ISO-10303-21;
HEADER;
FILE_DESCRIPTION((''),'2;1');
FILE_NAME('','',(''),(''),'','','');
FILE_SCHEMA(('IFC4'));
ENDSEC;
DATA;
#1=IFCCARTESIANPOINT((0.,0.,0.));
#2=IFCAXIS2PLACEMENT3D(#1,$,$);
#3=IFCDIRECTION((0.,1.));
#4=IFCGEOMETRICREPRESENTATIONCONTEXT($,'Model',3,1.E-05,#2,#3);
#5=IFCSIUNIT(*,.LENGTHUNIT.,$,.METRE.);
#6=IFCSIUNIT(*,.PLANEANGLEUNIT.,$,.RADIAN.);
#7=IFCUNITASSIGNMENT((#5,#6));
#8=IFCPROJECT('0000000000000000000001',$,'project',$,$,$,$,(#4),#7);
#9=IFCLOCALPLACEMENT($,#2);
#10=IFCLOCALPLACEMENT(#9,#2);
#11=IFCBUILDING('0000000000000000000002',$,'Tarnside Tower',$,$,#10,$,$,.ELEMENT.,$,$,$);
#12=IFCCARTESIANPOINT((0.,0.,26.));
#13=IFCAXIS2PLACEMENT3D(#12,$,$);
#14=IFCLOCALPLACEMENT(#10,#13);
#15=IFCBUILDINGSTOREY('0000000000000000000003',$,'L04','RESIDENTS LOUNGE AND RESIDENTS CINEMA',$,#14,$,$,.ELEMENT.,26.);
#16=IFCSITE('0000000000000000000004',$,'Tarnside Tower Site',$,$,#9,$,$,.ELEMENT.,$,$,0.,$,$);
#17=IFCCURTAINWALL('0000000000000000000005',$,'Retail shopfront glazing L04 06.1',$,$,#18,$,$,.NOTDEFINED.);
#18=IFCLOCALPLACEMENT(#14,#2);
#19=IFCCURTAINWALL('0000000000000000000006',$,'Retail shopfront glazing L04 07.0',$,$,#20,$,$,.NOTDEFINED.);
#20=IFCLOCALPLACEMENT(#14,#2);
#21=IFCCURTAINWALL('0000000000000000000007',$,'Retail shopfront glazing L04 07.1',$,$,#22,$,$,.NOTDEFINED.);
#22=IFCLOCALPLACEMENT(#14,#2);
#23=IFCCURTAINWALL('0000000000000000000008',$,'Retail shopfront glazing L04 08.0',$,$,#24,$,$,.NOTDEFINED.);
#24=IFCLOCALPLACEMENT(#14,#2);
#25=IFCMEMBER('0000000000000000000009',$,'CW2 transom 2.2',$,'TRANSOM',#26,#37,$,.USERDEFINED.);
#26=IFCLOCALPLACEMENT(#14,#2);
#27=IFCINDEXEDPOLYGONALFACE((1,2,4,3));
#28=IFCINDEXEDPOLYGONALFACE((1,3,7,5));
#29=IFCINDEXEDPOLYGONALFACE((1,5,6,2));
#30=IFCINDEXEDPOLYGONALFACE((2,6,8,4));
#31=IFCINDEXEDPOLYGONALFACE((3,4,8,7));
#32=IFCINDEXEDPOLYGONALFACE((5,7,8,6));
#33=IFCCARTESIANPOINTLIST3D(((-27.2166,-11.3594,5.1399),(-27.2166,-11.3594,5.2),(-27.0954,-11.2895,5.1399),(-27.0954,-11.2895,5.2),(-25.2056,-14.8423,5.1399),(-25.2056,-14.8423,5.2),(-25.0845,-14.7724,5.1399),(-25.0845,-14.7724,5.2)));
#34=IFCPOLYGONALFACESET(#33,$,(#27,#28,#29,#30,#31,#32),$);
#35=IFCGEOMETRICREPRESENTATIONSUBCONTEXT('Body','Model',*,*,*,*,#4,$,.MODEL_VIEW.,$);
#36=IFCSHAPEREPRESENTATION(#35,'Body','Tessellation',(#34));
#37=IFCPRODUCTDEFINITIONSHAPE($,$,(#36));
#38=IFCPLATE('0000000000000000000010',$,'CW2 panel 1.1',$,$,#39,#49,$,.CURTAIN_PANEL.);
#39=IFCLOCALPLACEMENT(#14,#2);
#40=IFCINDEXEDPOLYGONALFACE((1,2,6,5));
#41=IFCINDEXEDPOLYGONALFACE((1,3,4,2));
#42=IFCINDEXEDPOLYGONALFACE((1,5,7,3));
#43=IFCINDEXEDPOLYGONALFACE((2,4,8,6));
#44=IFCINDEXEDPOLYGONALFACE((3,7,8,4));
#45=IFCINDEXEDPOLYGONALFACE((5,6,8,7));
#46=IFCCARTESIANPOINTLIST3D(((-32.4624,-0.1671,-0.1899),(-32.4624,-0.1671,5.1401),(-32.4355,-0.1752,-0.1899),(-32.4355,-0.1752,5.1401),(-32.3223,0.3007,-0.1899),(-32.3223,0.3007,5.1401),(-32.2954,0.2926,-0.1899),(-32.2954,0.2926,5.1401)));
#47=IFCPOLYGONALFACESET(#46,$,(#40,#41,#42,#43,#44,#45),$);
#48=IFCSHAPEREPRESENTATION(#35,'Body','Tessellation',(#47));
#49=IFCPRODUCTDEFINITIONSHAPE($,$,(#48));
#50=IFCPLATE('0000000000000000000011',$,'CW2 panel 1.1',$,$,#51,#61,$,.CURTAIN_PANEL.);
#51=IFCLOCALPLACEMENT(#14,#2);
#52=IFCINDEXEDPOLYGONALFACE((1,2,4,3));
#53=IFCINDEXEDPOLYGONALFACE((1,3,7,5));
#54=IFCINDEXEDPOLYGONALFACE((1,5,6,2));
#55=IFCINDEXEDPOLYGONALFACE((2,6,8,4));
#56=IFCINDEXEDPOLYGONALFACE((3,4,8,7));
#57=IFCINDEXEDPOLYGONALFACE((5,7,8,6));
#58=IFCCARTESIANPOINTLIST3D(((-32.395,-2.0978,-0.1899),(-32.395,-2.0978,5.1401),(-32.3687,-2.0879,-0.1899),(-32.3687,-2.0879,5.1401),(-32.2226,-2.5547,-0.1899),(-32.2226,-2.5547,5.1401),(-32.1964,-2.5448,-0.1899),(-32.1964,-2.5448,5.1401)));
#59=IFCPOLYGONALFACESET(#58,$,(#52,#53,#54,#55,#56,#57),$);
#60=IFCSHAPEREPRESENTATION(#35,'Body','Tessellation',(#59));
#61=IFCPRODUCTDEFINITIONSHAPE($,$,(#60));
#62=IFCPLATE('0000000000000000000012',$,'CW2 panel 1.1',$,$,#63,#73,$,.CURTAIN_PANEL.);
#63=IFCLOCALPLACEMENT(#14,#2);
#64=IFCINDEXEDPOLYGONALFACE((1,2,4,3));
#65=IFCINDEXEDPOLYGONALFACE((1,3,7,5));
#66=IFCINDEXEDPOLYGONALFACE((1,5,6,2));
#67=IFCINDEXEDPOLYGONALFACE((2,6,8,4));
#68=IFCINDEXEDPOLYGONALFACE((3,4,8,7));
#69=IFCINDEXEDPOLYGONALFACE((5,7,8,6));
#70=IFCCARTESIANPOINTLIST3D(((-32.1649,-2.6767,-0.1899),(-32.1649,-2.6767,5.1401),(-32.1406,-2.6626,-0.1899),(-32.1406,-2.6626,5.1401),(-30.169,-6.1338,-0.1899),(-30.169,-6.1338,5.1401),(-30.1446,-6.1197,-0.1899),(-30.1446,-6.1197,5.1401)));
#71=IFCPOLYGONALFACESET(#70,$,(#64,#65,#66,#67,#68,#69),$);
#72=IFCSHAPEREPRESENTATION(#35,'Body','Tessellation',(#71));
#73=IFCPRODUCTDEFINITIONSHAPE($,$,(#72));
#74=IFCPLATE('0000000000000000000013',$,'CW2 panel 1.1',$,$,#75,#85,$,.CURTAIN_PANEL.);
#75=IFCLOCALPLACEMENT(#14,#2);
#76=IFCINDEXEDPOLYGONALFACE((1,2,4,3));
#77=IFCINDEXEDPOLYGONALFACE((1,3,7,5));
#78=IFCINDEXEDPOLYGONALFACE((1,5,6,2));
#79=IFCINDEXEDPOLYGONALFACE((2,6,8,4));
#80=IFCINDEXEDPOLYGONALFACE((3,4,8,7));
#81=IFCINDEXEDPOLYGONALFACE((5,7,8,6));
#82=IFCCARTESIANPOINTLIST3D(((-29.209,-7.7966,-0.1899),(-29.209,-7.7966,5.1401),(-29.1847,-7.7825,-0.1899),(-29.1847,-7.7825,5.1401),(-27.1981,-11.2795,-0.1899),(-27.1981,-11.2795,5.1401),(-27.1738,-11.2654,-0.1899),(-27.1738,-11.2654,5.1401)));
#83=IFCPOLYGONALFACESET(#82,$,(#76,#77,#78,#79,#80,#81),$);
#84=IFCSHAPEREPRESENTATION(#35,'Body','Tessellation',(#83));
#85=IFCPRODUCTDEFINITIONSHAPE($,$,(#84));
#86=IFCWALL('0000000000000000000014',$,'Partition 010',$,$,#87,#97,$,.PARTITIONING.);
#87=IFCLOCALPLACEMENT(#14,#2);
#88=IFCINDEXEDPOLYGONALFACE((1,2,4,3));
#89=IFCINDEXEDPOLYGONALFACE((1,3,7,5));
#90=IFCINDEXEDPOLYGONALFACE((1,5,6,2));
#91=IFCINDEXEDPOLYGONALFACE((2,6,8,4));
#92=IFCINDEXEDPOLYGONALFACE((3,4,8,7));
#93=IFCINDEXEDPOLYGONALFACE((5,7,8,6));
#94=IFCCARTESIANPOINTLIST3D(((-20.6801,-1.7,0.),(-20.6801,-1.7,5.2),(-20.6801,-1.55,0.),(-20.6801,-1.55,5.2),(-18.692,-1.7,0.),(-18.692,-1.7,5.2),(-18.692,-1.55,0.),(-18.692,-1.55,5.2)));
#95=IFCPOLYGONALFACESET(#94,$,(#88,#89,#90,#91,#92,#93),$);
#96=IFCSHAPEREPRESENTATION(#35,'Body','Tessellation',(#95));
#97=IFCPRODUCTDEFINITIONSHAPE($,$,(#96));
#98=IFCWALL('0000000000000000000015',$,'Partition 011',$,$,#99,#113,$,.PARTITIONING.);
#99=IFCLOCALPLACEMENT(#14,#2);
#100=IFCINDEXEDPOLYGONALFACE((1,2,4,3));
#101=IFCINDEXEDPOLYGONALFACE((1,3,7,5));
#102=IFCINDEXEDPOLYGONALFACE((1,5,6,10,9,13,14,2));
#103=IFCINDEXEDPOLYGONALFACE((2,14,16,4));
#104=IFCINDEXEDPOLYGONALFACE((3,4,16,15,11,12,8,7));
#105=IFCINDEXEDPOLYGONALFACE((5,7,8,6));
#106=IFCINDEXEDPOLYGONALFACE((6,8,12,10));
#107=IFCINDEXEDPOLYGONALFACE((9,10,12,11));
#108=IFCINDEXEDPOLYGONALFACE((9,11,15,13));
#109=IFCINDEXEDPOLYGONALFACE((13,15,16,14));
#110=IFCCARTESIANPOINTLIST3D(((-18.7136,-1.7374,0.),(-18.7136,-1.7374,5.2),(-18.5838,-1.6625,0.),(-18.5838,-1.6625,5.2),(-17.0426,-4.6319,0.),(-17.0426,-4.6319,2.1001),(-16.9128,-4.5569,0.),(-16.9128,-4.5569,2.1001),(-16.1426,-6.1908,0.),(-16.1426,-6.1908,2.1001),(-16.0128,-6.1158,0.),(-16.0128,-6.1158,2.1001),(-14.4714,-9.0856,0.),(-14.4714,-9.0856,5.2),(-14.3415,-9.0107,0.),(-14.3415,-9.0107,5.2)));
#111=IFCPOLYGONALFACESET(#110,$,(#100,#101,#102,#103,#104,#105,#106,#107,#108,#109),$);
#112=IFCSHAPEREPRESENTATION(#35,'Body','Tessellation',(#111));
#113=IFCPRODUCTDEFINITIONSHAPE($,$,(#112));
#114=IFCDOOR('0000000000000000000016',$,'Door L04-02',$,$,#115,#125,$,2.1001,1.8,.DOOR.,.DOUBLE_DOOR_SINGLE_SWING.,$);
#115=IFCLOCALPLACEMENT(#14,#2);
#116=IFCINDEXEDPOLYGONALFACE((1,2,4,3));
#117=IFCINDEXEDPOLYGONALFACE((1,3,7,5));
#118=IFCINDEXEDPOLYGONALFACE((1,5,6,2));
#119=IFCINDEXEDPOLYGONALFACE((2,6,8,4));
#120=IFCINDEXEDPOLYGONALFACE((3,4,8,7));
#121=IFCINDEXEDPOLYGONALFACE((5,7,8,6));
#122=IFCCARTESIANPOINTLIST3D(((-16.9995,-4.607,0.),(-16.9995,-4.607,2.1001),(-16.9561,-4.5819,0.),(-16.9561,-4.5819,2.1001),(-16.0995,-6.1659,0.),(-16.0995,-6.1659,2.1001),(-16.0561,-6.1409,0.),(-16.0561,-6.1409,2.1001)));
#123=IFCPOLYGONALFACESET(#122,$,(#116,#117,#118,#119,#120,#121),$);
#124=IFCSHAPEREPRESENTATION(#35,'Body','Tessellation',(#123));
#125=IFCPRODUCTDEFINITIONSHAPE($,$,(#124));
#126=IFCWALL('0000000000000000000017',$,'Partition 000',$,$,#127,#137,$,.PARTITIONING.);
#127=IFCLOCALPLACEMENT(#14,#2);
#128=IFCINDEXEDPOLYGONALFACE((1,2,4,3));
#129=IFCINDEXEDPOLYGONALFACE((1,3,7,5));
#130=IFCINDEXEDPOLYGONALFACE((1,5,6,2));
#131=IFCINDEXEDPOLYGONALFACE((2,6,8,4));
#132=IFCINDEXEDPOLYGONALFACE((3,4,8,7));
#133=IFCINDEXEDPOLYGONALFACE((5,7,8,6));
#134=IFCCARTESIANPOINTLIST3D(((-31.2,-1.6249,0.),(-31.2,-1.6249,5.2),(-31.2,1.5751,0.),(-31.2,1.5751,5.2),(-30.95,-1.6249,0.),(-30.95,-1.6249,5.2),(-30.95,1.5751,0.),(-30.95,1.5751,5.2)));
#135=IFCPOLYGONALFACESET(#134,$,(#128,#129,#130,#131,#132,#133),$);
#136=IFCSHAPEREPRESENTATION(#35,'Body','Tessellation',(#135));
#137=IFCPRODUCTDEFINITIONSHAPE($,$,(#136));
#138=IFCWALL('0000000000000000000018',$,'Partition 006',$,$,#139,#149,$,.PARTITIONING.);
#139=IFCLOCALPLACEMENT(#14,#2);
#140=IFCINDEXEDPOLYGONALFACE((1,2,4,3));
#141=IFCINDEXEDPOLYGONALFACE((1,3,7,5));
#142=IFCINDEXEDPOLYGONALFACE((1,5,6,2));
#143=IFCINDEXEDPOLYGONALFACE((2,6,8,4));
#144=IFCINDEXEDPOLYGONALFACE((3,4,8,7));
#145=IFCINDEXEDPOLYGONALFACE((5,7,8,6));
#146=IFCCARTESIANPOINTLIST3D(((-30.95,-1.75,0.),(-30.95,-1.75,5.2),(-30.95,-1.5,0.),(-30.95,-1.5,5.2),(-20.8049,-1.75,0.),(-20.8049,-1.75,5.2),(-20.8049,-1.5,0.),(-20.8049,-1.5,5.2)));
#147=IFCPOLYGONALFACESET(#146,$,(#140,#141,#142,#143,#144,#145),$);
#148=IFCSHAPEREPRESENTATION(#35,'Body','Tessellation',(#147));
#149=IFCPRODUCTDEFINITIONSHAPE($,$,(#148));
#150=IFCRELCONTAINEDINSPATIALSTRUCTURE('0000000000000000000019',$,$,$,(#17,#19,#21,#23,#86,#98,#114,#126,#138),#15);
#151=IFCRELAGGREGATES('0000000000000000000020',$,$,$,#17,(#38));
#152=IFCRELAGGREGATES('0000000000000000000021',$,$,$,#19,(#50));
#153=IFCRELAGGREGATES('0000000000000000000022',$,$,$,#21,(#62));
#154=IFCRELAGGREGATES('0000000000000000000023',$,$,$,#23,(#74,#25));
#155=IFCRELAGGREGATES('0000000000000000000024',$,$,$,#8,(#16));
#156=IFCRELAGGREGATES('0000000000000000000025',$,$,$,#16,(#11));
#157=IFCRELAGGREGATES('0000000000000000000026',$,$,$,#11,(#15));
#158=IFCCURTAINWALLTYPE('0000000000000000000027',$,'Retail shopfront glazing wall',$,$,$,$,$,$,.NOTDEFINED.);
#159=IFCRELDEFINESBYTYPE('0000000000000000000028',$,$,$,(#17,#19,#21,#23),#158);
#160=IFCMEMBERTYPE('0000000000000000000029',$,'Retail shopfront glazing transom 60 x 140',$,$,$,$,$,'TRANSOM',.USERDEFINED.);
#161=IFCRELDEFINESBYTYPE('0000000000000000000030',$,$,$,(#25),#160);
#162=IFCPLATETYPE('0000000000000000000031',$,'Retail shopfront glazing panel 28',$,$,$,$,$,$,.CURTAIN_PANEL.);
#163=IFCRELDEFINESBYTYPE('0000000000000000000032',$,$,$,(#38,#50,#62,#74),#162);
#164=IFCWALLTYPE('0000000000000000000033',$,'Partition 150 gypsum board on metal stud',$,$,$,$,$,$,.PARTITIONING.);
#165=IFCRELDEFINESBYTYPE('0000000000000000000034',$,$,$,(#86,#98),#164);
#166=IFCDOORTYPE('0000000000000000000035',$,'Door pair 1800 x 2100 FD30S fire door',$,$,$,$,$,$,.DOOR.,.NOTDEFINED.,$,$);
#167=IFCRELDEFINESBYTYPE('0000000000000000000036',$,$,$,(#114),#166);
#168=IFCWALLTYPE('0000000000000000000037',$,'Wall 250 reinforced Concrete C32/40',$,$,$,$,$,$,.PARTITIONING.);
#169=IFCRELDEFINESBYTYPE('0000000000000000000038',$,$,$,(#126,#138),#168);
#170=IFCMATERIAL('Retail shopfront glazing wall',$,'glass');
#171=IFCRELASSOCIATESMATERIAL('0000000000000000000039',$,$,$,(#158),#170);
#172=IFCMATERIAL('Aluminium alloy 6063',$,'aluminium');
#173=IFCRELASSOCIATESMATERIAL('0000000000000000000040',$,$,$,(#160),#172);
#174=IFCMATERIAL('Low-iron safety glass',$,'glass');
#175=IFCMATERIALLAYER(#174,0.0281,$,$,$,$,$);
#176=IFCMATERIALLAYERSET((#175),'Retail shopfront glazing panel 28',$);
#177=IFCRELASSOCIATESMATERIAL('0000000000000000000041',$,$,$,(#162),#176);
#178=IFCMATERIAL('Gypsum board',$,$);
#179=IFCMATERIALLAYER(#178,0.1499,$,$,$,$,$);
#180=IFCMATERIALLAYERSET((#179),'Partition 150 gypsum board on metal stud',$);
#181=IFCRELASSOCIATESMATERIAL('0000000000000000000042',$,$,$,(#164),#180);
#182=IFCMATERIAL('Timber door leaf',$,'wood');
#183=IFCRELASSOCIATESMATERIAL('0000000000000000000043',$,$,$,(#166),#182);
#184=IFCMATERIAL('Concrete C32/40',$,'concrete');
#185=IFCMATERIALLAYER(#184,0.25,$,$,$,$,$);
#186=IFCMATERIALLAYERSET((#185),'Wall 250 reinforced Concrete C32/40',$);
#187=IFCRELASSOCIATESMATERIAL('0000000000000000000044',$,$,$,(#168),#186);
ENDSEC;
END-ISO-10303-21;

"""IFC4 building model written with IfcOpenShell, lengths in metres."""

from ifc_helpers import new_model, si_unit, direction, frame, frame_2d, origin, origin_2d, place, context, subcontext, project, spatial, rectangle, extrude, material, layer, layer_set, material_profile, profile_set, type_object, element, fill, aggregate, save


model = new_model("IFC4")

# Units and contexts
model_context = context("Model", 3, precision=1e-05, world=origin(), true_north=direction((0.0, 1.0)))
body_context = subcontext(model_context, "Body", "Model", "MODEL_VIEW")
ifc_project = project(units=[si_unit("LENGTHUNIT", "METRE"), si_unit("PLANEANGLEUNIT", "RADIAN")], contexts=[model_context])

# Site, building, storey
site_placement = place(None, origin())
site = spatial("IfcSite", under=ifc_project, at=site_placement, Name="Tarnside Tower Site", CompositionType="ELEMENT", RefElevation=0.0)
building_placement = place(site_placement, origin())
building = spatial("IfcBuilding", under=site, at=building_placement, Name="Tarnside Tower", CompositionType="ELEMENT")
storey_placement = place(building_placement, frame((0.0, 0.0, 26.0)))
storey = spatial("IfcBuildingStorey", under=building, at=storey_placement, Name="L04", Description="RESIDENTS LOUNGE AND RESIDENTS CINEMA", CompositionType="ELEMENT", Elevation=26.0)

# Curtain wall
ifc_material_1 = material(Name="Retail shopfront glazing wall", Category="glass")
curtain_wall_type = type_object("IfcCurtainWallType", Name="Retail shopfront glazing wall", PredefinedType="NOTDEFINED", material=ifc_material_1)
curtain_wall_1_placement = place(storey_placement, origin())
curtain_wall_1 = element("IfcCurtainWall", 1, at=curtain_wall_1_placement, inside=storey, type_object=curtain_wall_type, Name="Retail shopfront glazing L04 06.1", PredefinedType="NOTDEFINED")
ifc_material_2 = material(Name="Aluminium alloy 6063", Category="aluminium")

# Curtain walls
curtain_wall_2_placement = place(storey_placement, origin())
curtain_wall_2 = element("IfcCurtainWall", 2, at=curtain_wall_2_placement, inside=storey, type_object=curtain_wall_type, Name="Retail shopfront glazing L04 07.0", PredefinedType="NOTDEFINED")
curtain_wall_3_placement = place(storey_placement, origin())
curtain_wall_3 = element("IfcCurtainWall", 3, at=curtain_wall_3_placement, inside=storey, type_object=curtain_wall_type, Name="Retail shopfront glazing L04 07.1", PredefinedType="NOTDEFINED")
curtain_wall_4_placement = place(storey_placement, origin())
curtain_wall_4 = element("IfcCurtainWall", 4, at=curtain_wall_4_placement, inside=storey, type_object=curtain_wall_type, Name="Retail shopfront glazing L04 08.0", PredefinedType="NOTDEFINED")

# Member
ifc_material_profile_1 = material_profile(ifc_material_2, rectangle(XDim=0.1399, YDim=0.0601, at=origin_2d()), Name="Retail shopfront glazing transom 60 x 140")
ifc_profile_set_1 = profile_set([ifc_material_profile_1], Name="Aluminium alloy 6063")
member_type_1 = type_object("IfcMemberType", Name="Retail shopfront glazing transom 60 x 140", ElementType="TRANSOM", PredefinedType="USERDEFINED", material=ifc_profile_set_1)
member_1_placement = place(storey_placement, frame((-27.156, -11.3245, 5.1699), z_axis=(0.500024, -0.866012, 0.0), x_axis=(0.866012, 0.500024, 0.0)))
member_1 = element("IfcMember", 5, at=member_1_placement, type_object=member_type_1, Name="CW2 transom 2.2", ObjectType="TRANSOM", PredefinedType="USERDEFINED", context=body_context, shape_type="SweptSolid", body=[
    extrude(rectangle(XDim=0.1399, YDim=0.0601, at=origin_2d()), origin(), (0.0, 0.0, 1.0), 4.0217),
])

# Plates
ifc_material_3 = material(Name="Low-iron safety glass", Category="glass")
ifc_layer_1 = layer(ifc_material_3, 0.0281)
ifc_layer_set_1 = layer_set([ifc_layer_1], Name="Retail shopfront glazing panel 28")
plate_type = type_object("IfcPlateType", Name="Retail shopfront glazing panel 28", PredefinedType="CURTAIN_PANEL", material=ifc_layer_set_1)
plate_1_placement = place(storey_placement, frame((-32.3789, 0.0627, -0.1899), z_axis=(0.0, 0.0, 1.0), x_axis=(-0.286803, -0.95799, 0.0)))
plate_1 = element("IfcPlate", 6, at=plate_1_placement, type_object=plate_type, Name="CW2 panel 1.1", PredefinedType="CURTAIN_PANEL", context=body_context, shape_type="SweptSolid", body=[
    extrude(rectangle(XDim=0.4883, YDim=0.0281, at=origin_2d()), origin(), (0.0, 0.0, 1.0), 5.3301),
])
aggregate(curtain_wall_1, [plate_1])
plate_2_placement = place(storey_placement, frame((-32.2957, -2.3213, -0.1899), z_axis=(0.0, 0.0, 1.0), x_axis=(0.352931, -0.93565, 0.0)))
plate_2 = element("IfcPlate", 7, at=plate_2_placement, type_object=plate_type, Name="CW2 panel 1.1", PredefinedType="CURTAIN_PANEL", context=body_context, shape_type="SweptSolid", body=[
    extrude(rectangle(XDim=0.4883, YDim=0.0281, at=origin_2d()), origin(), (0.0, 0.0, 1.0), 5.3301),
])
aggregate(curtain_wall_2, [plate_2])
plate_3_placement = place(storey_placement, frame((-31.1548, -4.3982, -0.1899), z_axis=(0.0, 0.0, 1.0), x_axis=(0.5, -0.866025, 0.0)))
plate_3 = element("IfcPlate", 8, at=plate_3_placement, type_object=plate_type, Name="CW2 panel 1.1", PredefinedType="CURTAIN_PANEL", context=body_context, shape_type="SweptSolid", body=[
    extrude(rectangle(XDim=3.9919, YDim=0.0281, at=origin_2d()), origin(), (0.0, 0.0, 1.0), 5.3301),
])
aggregate(curtain_wall_3, [plate_3])
plate_4_placement = place(storey_placement, frame((-28.1914, -9.531, -0.1899), z_axis=(0.0, 0.0, 1.0), x_axis=(0.5, -0.866025, 0.0)))
plate_4 = element("IfcPlate", 9, at=plate_4_placement, type_object=plate_type, Name="CW2 panel 1.1", PredefinedType="CURTAIN_PANEL", context=body_context, shape_type="SweptSolid", body=[
    extrude(rectangle(XDim=4.0217, YDim=0.0281, at=origin_2d()), origin(), (0.0, 0.0, 1.0), 5.3301),
])
aggregate(curtain_wall_4, [plate_4, member_1])

# Wall
ifc_material_4 = material(Name="Gypsum board")
ifc_layer_2 = layer(ifc_material_4, 0.1499)
ifc_layer_set_2 = layer_set([ifc_layer_2], Name="Partition 150 gypsum board on metal stud")
wall_type_1 = type_object("IfcWallType", Name="Partition 150 gypsum board on metal stud", PredefinedType="PARTITIONING", material=ifc_layer_set_2)
wall_1_placement = place(storey_placement, frame((-18.6919, -1.625, 0.0), z_axis=(0.0, 0.0, 1.0), x_axis=(-1.0, 0.0, 0.0)))
element("IfcWall", 10, at=wall_1_placement, inside=storey, type_object=wall_type_1, Name="Partition 010", PredefinedType="PARTITIONING", context=body_context, shape_type="SweptSolid", body=[
    extrude(rectangle(XDim=1.988, YDim=0.1499, at=frame_2d((0.9941, 0.0))), origin(), (0.0, 0.0, 1.0), 5.2),
])

# Wall, opening, door
wall_2_placement = place(storey_placement, frame((-18.6487, -1.7, 0.0), z_axis=(0.0, 0.0, 1.0), x_axis=(0.499977, -0.866039, 0.0)))
wall_2 = element("IfcWall", 11, at=wall_2_placement, inside=storey, type_object=wall_type_1, Name="Partition 011", PredefinedType="PARTITIONING", context=body_context, shape_type="SweptSolid", body=[
    extrude(rectangle(XDim=8.4849, YDim=0.1499, at=frame_2d((4.2424, 0.0))), origin(), (0.0, 0.0, 1.0), 5.2),
])
opening_placement = place(wall_2_placement, frame((3.3423, 0.0, 0.0)))
opening = element("IfcOpeningElement", 12, at=opening_placement, cuts=wall_2, PredefinedType="OPENING", context=body_context, shape_type="SweptSolid", body=[
    extrude(rectangle(XDim=1.8, YDim=2.1001, at=frame_2d((0.8999, 1.05))), frame((0.0, 0.085, 0.0), z_axis=(0.0, -1.0, 0.0), x_axis=(1.0, 0.0, 0.0)), (0.0, 0.0, 1.0), 0.1699),
])
ifc_material_5 = material(Name="Timber door leaf", Category="wood")
door_type = type_object("IfcDoorType", Name="Door pair 1800 x 2100 FD30S fire door", OperationType="NOTDEFINED", PredefinedType="DOOR", material=ifc_material_5)
door_placement = place(opening_placement, origin())
door = element("IfcDoor", 13, at=door_placement, inside=storey, type_object=door_type, Name="Door L04-02", OperationType="DOUBLE_DOOR_SINGLE_SWING", OverallHeight=2.1001, OverallWidth=1.8, PredefinedType="DOOR", context=body_context, shape_type="SweptSolid", body=[
    extrude(rectangle(XDim=1.8, YDim=2.1001, at=frame_2d((0.8999, 1.05))), frame((0.0, 0.0249, 0.0), z_axis=(0.0, -1.0, 0.0), x_axis=(1.0, 0.0, 0.0)), (0.0, 0.0, 1.0), 0.05),
])
fill(opening, door)

# Walls
ifc_material_6 = material(Name="Concrete C32/40", Category="concrete")
ifc_layer_3 = layer(ifc_material_6, 0.25)
ifc_layer_set_3 = layer_set([ifc_layer_3], Name="Wall 250 reinforced Concrete C32/40")
wall_type_2 = type_object("IfcWallType", Name="Wall 250 reinforced Concrete C32/40", PredefinedType="PARTITIONING", material=ifc_layer_set_3)
wall_3_placement = place(storey_placement, frame((-31.075, -1.625, 0.0), z_axis=(0.0, 0.0, 1.0), x_axis=(0.0, 1.0, 0.0)))
element("IfcWall", 14, at=wall_3_placement, inside=storey, type_object=wall_type_2, Name="Partition 000", PredefinedType="PARTITIONING", context=body_context, shape_type="SweptSolid", body=[
    extrude(rectangle(XDim=3.2, YDim=0.25, at=frame_2d((1.6001, 0.0))), origin(), (0.0, 0.0, 1.0), 5.2),
])
wall_4_placement = place(storey_placement, frame((-20.8049, -1.625, 0.0), z_axis=(0.0, 0.0, 1.0), x_axis=(-1.0, 0.0, 0.0)))
element("IfcWall", 15, at=wall_4_placement, inside=storey, type_object=wall_type_2, Name="Partition 006", PredefinedType="PARTITIONING", context=body_context, shape_type="SweptSolid", body=[
    extrude(rectangle(XDim=10.145, YDim=0.25, at=frame_2d((5.0725, 0.0))), origin(), (0.0, 0.0, 1.0), 5.2),
])

save(model, "model.ifc")
